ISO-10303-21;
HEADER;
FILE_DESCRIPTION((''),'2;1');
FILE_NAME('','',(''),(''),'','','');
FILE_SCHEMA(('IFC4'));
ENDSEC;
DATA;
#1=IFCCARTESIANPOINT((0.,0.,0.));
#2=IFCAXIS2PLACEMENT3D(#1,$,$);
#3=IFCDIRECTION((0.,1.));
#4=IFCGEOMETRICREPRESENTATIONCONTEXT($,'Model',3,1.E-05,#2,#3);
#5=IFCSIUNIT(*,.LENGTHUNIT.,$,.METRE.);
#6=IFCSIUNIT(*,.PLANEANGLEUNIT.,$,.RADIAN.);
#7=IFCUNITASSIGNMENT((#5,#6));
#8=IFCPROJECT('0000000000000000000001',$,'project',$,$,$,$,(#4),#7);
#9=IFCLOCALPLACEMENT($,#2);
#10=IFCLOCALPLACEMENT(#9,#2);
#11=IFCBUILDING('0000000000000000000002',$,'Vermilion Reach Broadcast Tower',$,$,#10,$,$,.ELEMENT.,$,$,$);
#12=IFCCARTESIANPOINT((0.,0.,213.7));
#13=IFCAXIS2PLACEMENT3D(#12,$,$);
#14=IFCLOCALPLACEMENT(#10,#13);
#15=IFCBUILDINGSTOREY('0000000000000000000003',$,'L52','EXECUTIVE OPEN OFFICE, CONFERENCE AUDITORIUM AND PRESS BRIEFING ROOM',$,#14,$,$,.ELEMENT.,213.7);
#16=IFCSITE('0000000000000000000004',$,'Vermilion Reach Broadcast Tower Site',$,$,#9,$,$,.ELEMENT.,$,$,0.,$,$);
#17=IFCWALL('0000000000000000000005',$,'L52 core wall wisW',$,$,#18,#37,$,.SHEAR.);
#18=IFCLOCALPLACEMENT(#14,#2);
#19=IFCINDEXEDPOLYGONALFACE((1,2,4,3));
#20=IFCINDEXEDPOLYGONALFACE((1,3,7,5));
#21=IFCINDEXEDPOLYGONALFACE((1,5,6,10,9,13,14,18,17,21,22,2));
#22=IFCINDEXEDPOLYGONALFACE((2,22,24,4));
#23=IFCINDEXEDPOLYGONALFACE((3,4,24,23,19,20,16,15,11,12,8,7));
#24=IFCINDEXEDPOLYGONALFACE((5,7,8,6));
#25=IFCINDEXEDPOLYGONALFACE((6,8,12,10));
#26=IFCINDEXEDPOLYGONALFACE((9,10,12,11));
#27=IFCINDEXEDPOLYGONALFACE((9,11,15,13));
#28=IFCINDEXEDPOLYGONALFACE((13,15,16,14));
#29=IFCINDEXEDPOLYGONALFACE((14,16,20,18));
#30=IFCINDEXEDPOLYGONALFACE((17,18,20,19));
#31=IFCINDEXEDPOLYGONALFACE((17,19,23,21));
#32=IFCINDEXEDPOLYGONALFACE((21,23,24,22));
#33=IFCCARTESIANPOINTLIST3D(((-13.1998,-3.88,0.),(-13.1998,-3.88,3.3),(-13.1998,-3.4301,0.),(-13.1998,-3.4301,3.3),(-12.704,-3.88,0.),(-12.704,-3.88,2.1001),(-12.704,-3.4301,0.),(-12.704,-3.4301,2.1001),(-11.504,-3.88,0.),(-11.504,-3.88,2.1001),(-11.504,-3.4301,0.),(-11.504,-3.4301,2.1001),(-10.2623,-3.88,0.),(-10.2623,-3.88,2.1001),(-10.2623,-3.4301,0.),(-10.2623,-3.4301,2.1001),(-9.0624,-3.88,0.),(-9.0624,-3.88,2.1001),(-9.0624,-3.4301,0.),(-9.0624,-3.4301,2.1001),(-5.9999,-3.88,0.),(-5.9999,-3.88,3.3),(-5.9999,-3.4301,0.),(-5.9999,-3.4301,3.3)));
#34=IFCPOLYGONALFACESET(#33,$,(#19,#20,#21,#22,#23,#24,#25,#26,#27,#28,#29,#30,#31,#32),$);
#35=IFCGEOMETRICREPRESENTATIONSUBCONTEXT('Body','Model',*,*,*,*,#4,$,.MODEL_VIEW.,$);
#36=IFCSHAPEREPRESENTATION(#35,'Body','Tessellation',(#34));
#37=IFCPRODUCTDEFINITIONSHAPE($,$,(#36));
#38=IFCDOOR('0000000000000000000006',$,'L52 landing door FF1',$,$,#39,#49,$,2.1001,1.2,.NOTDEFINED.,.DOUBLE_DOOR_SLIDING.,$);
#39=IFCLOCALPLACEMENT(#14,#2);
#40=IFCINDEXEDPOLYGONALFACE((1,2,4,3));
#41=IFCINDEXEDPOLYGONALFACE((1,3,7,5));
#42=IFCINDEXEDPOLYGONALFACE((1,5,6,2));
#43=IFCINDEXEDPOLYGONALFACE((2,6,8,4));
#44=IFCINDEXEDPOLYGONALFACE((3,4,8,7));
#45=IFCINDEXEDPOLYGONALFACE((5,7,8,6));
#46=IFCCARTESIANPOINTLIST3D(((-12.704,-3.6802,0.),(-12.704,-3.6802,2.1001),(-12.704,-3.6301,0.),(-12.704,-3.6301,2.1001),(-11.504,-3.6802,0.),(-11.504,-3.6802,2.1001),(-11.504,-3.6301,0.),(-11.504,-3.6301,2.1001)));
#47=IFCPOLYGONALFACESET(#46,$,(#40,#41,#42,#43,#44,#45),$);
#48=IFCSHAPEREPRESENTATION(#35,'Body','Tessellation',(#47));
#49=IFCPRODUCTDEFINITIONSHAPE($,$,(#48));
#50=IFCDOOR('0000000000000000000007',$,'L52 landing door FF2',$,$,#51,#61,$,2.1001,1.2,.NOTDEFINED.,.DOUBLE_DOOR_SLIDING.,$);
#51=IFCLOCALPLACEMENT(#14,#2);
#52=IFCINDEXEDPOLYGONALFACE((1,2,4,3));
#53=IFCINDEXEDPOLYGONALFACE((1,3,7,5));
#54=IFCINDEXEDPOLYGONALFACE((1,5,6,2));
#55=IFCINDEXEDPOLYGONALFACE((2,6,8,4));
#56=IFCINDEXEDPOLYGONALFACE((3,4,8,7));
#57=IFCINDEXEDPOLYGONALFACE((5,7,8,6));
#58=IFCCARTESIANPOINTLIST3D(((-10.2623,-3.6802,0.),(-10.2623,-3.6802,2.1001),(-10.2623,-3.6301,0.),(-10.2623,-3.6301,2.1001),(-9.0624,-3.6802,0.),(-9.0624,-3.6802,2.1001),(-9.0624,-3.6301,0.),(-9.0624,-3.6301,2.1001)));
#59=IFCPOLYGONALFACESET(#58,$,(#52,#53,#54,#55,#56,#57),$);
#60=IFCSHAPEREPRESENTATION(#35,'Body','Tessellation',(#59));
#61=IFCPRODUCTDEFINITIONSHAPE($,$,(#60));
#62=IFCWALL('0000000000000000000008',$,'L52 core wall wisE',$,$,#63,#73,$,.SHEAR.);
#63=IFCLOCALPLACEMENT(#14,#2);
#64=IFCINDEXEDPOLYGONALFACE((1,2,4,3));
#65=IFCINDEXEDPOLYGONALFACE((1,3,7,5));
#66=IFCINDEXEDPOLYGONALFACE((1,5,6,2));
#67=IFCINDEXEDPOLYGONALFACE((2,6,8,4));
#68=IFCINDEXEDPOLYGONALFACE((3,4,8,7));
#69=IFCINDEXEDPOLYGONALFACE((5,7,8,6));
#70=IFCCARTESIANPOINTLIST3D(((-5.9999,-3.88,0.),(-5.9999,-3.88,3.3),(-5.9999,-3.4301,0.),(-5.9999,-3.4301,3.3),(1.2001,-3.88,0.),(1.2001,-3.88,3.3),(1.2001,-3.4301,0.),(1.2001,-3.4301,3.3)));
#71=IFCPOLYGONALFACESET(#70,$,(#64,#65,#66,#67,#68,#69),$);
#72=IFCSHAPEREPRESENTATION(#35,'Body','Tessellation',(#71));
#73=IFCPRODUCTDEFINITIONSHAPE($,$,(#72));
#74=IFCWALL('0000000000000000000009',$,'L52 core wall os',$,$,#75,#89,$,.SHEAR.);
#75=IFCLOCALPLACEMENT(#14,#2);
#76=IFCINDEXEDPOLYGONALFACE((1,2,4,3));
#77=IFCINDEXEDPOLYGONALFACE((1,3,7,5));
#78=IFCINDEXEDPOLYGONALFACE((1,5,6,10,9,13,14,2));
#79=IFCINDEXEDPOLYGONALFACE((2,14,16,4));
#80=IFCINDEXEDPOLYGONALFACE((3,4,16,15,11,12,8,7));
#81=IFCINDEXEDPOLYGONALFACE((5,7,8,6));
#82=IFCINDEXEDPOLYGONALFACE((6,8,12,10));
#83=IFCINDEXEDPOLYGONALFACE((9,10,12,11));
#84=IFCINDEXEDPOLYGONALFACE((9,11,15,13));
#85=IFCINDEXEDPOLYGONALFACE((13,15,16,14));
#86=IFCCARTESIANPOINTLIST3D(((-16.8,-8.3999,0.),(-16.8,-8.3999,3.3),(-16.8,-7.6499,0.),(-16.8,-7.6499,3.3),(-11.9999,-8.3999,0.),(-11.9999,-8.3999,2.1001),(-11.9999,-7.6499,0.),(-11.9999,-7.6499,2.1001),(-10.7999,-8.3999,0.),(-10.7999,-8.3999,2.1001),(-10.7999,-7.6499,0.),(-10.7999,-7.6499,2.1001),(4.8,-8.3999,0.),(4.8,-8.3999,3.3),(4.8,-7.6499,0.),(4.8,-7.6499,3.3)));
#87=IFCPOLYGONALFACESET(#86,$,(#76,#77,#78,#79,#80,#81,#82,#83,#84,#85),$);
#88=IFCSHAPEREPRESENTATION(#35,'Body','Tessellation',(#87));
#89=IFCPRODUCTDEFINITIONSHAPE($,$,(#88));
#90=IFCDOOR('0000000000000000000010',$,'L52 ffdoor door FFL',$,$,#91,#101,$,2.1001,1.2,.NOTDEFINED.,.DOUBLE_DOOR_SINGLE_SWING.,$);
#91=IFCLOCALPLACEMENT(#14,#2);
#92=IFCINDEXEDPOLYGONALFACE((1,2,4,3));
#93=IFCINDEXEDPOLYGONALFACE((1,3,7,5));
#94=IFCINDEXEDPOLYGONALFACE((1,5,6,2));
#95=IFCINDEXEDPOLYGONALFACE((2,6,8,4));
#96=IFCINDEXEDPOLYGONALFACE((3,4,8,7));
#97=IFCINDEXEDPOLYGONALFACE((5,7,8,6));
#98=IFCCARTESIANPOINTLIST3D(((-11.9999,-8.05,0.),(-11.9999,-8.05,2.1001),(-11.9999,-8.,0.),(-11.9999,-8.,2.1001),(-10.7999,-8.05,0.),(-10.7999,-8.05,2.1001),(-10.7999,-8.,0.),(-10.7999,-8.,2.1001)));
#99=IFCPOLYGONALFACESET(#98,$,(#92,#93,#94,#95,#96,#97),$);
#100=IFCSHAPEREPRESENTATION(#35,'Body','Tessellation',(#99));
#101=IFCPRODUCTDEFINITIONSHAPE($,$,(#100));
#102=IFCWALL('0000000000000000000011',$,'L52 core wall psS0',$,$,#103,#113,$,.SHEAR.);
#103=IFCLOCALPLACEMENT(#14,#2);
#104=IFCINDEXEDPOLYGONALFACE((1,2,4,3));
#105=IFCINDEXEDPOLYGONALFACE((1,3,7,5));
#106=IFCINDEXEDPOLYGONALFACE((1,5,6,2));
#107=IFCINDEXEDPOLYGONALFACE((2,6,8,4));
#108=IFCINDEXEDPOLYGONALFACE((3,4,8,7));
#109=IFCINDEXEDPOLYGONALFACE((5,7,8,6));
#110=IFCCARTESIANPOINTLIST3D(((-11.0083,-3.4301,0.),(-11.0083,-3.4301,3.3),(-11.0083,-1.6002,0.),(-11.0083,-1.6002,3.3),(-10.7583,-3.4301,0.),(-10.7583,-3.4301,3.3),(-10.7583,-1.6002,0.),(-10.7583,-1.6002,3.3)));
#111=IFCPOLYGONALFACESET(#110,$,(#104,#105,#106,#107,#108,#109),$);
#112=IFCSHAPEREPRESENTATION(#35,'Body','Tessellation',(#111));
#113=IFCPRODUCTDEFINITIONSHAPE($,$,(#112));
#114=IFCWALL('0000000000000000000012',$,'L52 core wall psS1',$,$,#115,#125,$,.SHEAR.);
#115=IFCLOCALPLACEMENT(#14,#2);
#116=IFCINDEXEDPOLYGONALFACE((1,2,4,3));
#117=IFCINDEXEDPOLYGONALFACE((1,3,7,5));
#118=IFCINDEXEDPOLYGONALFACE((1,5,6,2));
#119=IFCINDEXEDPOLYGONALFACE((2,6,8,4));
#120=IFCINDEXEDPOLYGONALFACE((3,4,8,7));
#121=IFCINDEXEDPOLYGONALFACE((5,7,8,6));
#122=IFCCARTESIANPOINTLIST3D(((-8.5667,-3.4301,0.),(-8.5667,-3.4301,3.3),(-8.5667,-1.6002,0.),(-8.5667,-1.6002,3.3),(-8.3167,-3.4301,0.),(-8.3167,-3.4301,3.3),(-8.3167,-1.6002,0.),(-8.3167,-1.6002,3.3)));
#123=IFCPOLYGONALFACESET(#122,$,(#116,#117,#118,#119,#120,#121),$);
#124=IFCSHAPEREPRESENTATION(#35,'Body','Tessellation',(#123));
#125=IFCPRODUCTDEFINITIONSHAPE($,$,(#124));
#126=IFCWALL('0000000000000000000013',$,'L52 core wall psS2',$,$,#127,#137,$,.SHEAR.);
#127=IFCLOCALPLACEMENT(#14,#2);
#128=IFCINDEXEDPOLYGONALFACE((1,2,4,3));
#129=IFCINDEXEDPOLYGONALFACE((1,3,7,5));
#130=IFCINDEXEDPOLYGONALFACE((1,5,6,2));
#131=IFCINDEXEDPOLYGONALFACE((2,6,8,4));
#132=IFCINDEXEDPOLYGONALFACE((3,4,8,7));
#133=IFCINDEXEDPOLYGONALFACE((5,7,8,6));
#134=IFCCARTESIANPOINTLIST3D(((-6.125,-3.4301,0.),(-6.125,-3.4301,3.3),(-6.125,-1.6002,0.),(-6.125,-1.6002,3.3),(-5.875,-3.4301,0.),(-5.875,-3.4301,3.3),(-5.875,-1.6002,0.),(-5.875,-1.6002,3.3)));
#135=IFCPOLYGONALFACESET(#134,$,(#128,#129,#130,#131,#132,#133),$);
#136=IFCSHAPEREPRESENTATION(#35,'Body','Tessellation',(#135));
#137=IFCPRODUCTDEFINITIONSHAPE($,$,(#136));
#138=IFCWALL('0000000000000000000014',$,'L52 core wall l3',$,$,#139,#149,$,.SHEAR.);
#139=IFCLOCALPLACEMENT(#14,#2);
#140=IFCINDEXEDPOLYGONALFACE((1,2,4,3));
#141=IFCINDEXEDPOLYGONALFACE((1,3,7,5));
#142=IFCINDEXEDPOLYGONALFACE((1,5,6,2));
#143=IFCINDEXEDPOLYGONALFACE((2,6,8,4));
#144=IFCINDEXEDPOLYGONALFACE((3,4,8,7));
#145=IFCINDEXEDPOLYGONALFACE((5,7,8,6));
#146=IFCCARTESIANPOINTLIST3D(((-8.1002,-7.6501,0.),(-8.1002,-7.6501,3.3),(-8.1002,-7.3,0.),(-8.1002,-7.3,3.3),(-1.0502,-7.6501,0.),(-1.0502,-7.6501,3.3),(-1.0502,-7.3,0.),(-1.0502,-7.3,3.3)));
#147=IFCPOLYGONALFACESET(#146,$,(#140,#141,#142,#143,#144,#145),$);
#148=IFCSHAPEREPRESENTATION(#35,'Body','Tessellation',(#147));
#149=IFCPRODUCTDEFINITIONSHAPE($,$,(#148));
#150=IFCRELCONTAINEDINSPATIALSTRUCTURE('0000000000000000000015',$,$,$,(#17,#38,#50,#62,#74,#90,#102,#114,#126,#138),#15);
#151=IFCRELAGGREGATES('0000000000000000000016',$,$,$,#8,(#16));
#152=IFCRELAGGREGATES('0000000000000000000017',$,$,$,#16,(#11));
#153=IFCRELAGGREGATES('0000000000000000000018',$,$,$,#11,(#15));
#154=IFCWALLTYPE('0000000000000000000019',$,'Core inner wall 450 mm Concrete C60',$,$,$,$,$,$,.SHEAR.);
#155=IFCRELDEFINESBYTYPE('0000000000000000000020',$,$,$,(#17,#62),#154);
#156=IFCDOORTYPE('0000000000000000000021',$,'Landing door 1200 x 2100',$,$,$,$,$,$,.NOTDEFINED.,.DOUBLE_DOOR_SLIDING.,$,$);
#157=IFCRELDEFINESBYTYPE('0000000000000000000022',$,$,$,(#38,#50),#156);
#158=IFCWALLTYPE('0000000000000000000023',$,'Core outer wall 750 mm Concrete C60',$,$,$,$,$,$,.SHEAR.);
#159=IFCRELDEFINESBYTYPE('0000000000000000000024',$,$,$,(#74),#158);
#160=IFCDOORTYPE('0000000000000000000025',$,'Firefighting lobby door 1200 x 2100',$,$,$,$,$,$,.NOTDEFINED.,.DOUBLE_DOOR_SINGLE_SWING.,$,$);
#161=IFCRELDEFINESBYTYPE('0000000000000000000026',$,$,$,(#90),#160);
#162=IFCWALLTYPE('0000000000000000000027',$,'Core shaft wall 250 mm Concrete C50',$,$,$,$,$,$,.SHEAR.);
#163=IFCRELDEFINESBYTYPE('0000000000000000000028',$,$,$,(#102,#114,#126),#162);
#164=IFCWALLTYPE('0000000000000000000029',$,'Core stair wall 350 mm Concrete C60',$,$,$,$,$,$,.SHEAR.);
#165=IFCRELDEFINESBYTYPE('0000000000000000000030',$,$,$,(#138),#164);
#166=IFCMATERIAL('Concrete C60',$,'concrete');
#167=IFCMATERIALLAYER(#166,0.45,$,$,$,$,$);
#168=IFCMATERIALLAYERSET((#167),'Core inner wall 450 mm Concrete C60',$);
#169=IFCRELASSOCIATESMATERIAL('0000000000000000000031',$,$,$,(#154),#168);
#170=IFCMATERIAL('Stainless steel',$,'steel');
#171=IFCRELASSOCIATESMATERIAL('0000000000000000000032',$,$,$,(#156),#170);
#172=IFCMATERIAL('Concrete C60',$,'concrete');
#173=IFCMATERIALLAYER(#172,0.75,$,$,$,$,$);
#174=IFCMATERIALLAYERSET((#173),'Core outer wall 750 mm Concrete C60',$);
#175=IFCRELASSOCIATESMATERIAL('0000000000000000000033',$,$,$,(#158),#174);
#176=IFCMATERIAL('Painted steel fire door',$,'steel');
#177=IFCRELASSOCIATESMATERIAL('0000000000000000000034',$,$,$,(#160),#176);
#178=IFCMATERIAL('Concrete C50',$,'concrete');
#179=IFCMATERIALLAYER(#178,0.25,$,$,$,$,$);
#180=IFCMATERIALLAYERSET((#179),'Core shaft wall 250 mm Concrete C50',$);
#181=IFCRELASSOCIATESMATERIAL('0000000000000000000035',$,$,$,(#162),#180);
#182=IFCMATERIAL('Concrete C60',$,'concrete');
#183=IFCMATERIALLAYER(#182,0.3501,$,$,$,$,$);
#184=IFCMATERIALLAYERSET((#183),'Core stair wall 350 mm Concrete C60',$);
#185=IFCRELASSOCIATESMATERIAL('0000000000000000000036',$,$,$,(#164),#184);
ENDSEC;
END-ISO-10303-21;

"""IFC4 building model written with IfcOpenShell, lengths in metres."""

from ifc_helpers import new_model, si_unit, direction, frame, frame_2d, origin, place, context, subcontext, project, spatial, rectangle, extrude, material, layer, layer_set, type_object, element, fill, save


model = new_model("IFC4")

# Units and contexts
model_context = context("Model", 3, precision=1e-05, world=origin(), true_north=direction((0.0, 1.0)))
body_context = subcontext(model_context, "Body", "Model", "MODEL_VIEW")
ifc_project = project(units=[si_unit("LENGTHUNIT", "METRE"), si_unit("PLANEANGLEUNIT", "RADIAN")], contexts=[model_context])

# Site, building, storey
site_placement = place(None, origin())
site = spatial("IfcSite", under=ifc_project, at=site_placement, Name="Vermilion Reach Broadcast Tower Site", CompositionType="ELEMENT", RefElevation=0.0)
building_placement = place(site_placement, origin())
building = spatial("IfcBuilding", under=site, at=building_placement, Name="Vermilion Reach Broadcast Tower", CompositionType="ELEMENT")
storey_placement = place(building_placement, frame((0.0, 0.0, 213.7)))
storey = spatial("IfcBuildingStorey", under=building, at=storey_placement, Name="L52", Description="EXECUTIVE OPEN OFFICE, CONFERENCE AUDITORIUM AND PRESS BRIEFING ROOM", CompositionType="ELEMENT", Elevation=213.7)

# Wall, openings, doors
ifc_material_1 = material(Name="Concrete C60", Category="concrete")
ifc_layer_1 = layer(ifc_material_1, 0.45)
ifc_layer_set_1 = layer_set([ifc_layer_1], Name="Core inner wall 450 mm Concrete C60")
wall_type_1 = type_object("IfcWallType", Name="Core inner wall 450 mm Concrete C60", PredefinedType="SHEAR", material=ifc_layer_set_1)
wall_1_placement = place(storey_placement, frame((-13.2, -3.655, 0.0), z_axis=(0.0, 0.0, 1.0), x_axis=(1.0, 0.0, 0.0)))
wall_1 = element("IfcWall", 1, at=wall_1_placement, inside=storey, type_object=wall_type_1, Name="L52 core wall wisW", PredefinedType="SHEAR", context=body_context, shape_type="SweptSolid", body=[
    extrude(rectangle(XDim=7.2, YDim=0.45, at=frame_2d((3.6001, 0.0))), origin(), (0.0, 0.0, 1.0), 3.3),
])
opening_1_placement = place(wall_1_placement, frame((0.4958, 0.0, 0.0)))
opening_1 = element("IfcOpeningElement", 2, at=opening_1_placement, cuts=wall_1, PredefinedType="OPENING", context=body_context, shape_type="SweptSolid", body=[
    extrude(rectangle(XDim=1.2, YDim=2.1001, at=frame_2d((0.6001, 1.05))), frame((0.0, 0.2349, 0.0), z_axis=(0.0, -1.0, 0.0), x_axis=(1.0, 0.0, 0.0)), (0.0, 0.0, 1.0), 0.47),
])
opening_2_placement = place(wall_1_placement, frame((2.9375, 0.0, 0.0)))
opening_2 = element("IfcOpeningElement", 3, at=opening_2_placement, cuts=wall_1, PredefinedType="OPENING", context=body_context, shape_type="SweptSolid", body=[
    extrude(rectangle(XDim=1.2, YDim=2.1001, at=frame_2d((0.6001, 1.05))), frame((0.0, 0.2349, 0.0), z_axis=(0.0, -1.0, 0.0), x_axis=(1.0, 0.0, 0.0)), (0.0, 0.0, 1.0), 0.47),
])
ifc_material_2 = material(Name="Stainless steel", Category="steel")
door_type_1 = type_object("IfcDoorType", Name="Landing door 1200 x 2100", OperationType="DOUBLE_DOOR_SLIDING", PredefinedType="NOTDEFINED", material=ifc_material_2)
door_1_placement = place(opening_1_placement, origin())
door_1 = element("IfcDoor", 4, at=door_1_placement, inside=storey, type_object=door_type_1, Name="L52 landing door FF1", OperationType="DOUBLE_DOOR_SLIDING", OverallHeight=2.1001, OverallWidth=1.2, PredefinedType="NOTDEFINED", context=body_context, shape_type="SweptSolid", body=[
    extrude(rectangle(XDim=1.2, YDim=2.1001, at=frame_2d((0.6001, 1.05))), frame((0.0, 0.0249, 0.0), z_axis=(0.0, -1.0, 0.0), x_axis=(1.0, 0.0, 0.0)), (0.0, 0.0, 1.0), 0.05),
])
fill(opening_1, door_1)
door_2_placement = place(opening_2_placement, origin())
door_2 = element("IfcDoor", 5, at=door_2_placement, inside=storey, type_object=door_type_1, Name="L52 landing door FF2", OperationType="DOUBLE_DOOR_SLIDING", OverallHeight=2.1001, OverallWidth=1.2, PredefinedType="NOTDEFINED", context=body_context, shape_type="SweptSolid", body=[
    extrude(rectangle(XDim=1.2, YDim=2.1001, at=frame_2d((0.6001, 1.05))), frame((0.0, 0.0249, 0.0), z_axis=(0.0, -1.0, 0.0), x_axis=(1.0, 0.0, 0.0)), (0.0, 0.0, 1.0), 0.05),
])
fill(opening_2, door_2)

# Wall
wall_2_placement = place(storey_placement, frame((-6.0, -3.655, 0.0), z_axis=(0.0, 0.0, 1.0), x_axis=(1.0, 0.0, 0.0)))
element("IfcWall", 6, at=wall_2_placement, inside=storey, type_object=wall_type_1, Name="L52 core wall wisE", PredefinedType="SHEAR", context=body_context, shape_type="SweptSolid", body=[
    extrude(rectangle(XDim=7.2, YDim=0.45, at=frame_2d((3.6001, 0.0))), origin(), (0.0, 0.0, 1.0), 3.3),
])

# Wall, opening, door
ifc_material_3 = material(Name="Concrete C60", Category="concrete")
ifc_layer_2 = layer(ifc_material_3, 0.75)
ifc_layer_set_2 = layer_set([ifc_layer_2], Name="Core outer wall 750 mm Concrete C60")
wall_type_2 = type_object("IfcWallType", Name="Core outer wall 750 mm Concrete C60", PredefinedType="SHEAR", material=ifc_layer_set_2)
wall_3_placement = place(storey_placement, frame((-16.8, -8.0249, 0.0), z_axis=(0.0, 0.0, 1.0), x_axis=(1.0, 0.0, 0.0)))
wall_3 = element("IfcWall", 7, at=wall_3_placement, inside=storey, type_object=wall_type_2, Name="L52 core wall os", PredefinedType="SHEAR", context=body_context, shape_type="SweptSolid", body=[
    extrude(rectangle(XDim=21.6001, YDim=0.75, at=frame_2d((10.8, 0.0))), origin(), (0.0, 0.0, 1.0), 3.3),
])
opening_3_placement = place(wall_3_placement, frame((4.8, 0.0, 0.0)))
opening_3 = element("IfcOpeningElement", 8, at=opening_3_placement, cuts=wall_3, PredefinedType="OPENING", context=body_context, shape_type="SweptSolid", body=[
    extrude(rectangle(XDim=1.2, YDim=2.1001, at=frame_2d((0.6001, 1.05))), frame((0.0, 0.385, 0.0), z_axis=(0.0, -1.0, 0.0), x_axis=(1.0, 0.0, 0.0)), (0.0, 0.0, 1.0), 0.77),
])
ifc_material_4 = material(Name="Painted steel fire door", Category="steel")
door_type_2 = type_object("IfcDoorType", Name="Firefighting lobby door 1200 x 2100", OperationType="DOUBLE_DOOR_SINGLE_SWING", PredefinedType="NOTDEFINED", material=ifc_material_4)
door_3_placement = place(opening_3_placement, origin())
door_3 = element("IfcDoor", 9, at=door_3_placement, inside=storey, type_object=door_type_2, Name="L52 ffdoor door FFL", OperationType="DOUBLE_DOOR_SINGLE_SWING", OverallHeight=2.1001, OverallWidth=1.2, PredefinedType="NOTDEFINED", context=body_context, shape_type="SweptSolid", body=[
    extrude(rectangle(XDim=1.2, YDim=2.1001, at=frame_2d((0.6001, 1.05))), frame((0.0, 0.0249, 0.0), z_axis=(0.0, -1.0, 0.0), x_axis=(1.0, 0.0, 0.0)), (0.0, 0.0, 1.0), 0.05),
])
fill(opening_3, door_3)

# Walls
ifc_material_5 = material(Name="Concrete C50", Category="concrete")
ifc_layer_3 = layer(ifc_material_5, 0.25)
ifc_layer_set_3 = layer_set([ifc_layer_3], Name="Core shaft wall 250 mm Concrete C50")
wall_type_3 = type_object("IfcWallType", Name="Core shaft wall 250 mm Concrete C50", PredefinedType="SHEAR", material=ifc_layer_set_3)
for number, where, z_axis, x_axis, name in (
    (10, (-10.8833, -1.6001, 0.0), (0.0, 0.0, 1.0), (0.0, -1.0, 0.0), "L52 core wall psS0"),
    (11, (-8.4417, -1.6001, 0.0), (0.0, 0.0, 1.0), (0.0, -1.0, 0.0), "L52 core wall psS1"),
    (12, (-6.0, -1.6001, 0.0), (0.0, 0.0, 1.0), (0.0, -1.0, 0.0), "L52 core wall psS2"),
):
    element("IfcWall", number, at=place(storey_placement, frame(where, z_axis=z_axis, x_axis=x_axis)), inside=storey, type_object=wall_type_3, Name=name, PredefinedType="SHEAR", context=body_context, shape_type="SweptSolid", body=[
        extrude(rectangle(XDim=1.8298, YDim=0.25, at=frame_2d((0.915, 0.0))), origin(), (0.0, 0.0, 1.0), 3.3),
    ])
ifc_material_6 = material(Name="Concrete C60", Category="concrete")
ifc_layer_4 = layer(ifc_material_6, 0.3501)
ifc_layer_set_4 = layer_set([ifc_layer_4], Name="Core stair wall 350 mm Concrete C60")
wall_type_4 = type_object("IfcWallType", Name="Core stair wall 350 mm Concrete C60", PredefinedType="SHEAR", material=ifc_layer_set_4)
wall_4_placement = place(storey_placement, frame((-8.1001, -7.4751, 0.0), z_axis=(0.0, 0.0, 1.0), x_axis=(1.0, 0.0, 0.0)))
element("IfcWall", 13, at=wall_4_placement, inside=storey, type_object=wall_type_4, Name="L52 core wall l3", PredefinedType="SHEAR", context=body_context, shape_type="SweptSolid", body=[
    extrude(rectangle(XDim=7.05, YDim=0.3501, at=frame_2d((3.5249, 0.0))), origin(), (0.0, 0.0, 1.0), 3.3),
])

save(model, "model.ifc")
